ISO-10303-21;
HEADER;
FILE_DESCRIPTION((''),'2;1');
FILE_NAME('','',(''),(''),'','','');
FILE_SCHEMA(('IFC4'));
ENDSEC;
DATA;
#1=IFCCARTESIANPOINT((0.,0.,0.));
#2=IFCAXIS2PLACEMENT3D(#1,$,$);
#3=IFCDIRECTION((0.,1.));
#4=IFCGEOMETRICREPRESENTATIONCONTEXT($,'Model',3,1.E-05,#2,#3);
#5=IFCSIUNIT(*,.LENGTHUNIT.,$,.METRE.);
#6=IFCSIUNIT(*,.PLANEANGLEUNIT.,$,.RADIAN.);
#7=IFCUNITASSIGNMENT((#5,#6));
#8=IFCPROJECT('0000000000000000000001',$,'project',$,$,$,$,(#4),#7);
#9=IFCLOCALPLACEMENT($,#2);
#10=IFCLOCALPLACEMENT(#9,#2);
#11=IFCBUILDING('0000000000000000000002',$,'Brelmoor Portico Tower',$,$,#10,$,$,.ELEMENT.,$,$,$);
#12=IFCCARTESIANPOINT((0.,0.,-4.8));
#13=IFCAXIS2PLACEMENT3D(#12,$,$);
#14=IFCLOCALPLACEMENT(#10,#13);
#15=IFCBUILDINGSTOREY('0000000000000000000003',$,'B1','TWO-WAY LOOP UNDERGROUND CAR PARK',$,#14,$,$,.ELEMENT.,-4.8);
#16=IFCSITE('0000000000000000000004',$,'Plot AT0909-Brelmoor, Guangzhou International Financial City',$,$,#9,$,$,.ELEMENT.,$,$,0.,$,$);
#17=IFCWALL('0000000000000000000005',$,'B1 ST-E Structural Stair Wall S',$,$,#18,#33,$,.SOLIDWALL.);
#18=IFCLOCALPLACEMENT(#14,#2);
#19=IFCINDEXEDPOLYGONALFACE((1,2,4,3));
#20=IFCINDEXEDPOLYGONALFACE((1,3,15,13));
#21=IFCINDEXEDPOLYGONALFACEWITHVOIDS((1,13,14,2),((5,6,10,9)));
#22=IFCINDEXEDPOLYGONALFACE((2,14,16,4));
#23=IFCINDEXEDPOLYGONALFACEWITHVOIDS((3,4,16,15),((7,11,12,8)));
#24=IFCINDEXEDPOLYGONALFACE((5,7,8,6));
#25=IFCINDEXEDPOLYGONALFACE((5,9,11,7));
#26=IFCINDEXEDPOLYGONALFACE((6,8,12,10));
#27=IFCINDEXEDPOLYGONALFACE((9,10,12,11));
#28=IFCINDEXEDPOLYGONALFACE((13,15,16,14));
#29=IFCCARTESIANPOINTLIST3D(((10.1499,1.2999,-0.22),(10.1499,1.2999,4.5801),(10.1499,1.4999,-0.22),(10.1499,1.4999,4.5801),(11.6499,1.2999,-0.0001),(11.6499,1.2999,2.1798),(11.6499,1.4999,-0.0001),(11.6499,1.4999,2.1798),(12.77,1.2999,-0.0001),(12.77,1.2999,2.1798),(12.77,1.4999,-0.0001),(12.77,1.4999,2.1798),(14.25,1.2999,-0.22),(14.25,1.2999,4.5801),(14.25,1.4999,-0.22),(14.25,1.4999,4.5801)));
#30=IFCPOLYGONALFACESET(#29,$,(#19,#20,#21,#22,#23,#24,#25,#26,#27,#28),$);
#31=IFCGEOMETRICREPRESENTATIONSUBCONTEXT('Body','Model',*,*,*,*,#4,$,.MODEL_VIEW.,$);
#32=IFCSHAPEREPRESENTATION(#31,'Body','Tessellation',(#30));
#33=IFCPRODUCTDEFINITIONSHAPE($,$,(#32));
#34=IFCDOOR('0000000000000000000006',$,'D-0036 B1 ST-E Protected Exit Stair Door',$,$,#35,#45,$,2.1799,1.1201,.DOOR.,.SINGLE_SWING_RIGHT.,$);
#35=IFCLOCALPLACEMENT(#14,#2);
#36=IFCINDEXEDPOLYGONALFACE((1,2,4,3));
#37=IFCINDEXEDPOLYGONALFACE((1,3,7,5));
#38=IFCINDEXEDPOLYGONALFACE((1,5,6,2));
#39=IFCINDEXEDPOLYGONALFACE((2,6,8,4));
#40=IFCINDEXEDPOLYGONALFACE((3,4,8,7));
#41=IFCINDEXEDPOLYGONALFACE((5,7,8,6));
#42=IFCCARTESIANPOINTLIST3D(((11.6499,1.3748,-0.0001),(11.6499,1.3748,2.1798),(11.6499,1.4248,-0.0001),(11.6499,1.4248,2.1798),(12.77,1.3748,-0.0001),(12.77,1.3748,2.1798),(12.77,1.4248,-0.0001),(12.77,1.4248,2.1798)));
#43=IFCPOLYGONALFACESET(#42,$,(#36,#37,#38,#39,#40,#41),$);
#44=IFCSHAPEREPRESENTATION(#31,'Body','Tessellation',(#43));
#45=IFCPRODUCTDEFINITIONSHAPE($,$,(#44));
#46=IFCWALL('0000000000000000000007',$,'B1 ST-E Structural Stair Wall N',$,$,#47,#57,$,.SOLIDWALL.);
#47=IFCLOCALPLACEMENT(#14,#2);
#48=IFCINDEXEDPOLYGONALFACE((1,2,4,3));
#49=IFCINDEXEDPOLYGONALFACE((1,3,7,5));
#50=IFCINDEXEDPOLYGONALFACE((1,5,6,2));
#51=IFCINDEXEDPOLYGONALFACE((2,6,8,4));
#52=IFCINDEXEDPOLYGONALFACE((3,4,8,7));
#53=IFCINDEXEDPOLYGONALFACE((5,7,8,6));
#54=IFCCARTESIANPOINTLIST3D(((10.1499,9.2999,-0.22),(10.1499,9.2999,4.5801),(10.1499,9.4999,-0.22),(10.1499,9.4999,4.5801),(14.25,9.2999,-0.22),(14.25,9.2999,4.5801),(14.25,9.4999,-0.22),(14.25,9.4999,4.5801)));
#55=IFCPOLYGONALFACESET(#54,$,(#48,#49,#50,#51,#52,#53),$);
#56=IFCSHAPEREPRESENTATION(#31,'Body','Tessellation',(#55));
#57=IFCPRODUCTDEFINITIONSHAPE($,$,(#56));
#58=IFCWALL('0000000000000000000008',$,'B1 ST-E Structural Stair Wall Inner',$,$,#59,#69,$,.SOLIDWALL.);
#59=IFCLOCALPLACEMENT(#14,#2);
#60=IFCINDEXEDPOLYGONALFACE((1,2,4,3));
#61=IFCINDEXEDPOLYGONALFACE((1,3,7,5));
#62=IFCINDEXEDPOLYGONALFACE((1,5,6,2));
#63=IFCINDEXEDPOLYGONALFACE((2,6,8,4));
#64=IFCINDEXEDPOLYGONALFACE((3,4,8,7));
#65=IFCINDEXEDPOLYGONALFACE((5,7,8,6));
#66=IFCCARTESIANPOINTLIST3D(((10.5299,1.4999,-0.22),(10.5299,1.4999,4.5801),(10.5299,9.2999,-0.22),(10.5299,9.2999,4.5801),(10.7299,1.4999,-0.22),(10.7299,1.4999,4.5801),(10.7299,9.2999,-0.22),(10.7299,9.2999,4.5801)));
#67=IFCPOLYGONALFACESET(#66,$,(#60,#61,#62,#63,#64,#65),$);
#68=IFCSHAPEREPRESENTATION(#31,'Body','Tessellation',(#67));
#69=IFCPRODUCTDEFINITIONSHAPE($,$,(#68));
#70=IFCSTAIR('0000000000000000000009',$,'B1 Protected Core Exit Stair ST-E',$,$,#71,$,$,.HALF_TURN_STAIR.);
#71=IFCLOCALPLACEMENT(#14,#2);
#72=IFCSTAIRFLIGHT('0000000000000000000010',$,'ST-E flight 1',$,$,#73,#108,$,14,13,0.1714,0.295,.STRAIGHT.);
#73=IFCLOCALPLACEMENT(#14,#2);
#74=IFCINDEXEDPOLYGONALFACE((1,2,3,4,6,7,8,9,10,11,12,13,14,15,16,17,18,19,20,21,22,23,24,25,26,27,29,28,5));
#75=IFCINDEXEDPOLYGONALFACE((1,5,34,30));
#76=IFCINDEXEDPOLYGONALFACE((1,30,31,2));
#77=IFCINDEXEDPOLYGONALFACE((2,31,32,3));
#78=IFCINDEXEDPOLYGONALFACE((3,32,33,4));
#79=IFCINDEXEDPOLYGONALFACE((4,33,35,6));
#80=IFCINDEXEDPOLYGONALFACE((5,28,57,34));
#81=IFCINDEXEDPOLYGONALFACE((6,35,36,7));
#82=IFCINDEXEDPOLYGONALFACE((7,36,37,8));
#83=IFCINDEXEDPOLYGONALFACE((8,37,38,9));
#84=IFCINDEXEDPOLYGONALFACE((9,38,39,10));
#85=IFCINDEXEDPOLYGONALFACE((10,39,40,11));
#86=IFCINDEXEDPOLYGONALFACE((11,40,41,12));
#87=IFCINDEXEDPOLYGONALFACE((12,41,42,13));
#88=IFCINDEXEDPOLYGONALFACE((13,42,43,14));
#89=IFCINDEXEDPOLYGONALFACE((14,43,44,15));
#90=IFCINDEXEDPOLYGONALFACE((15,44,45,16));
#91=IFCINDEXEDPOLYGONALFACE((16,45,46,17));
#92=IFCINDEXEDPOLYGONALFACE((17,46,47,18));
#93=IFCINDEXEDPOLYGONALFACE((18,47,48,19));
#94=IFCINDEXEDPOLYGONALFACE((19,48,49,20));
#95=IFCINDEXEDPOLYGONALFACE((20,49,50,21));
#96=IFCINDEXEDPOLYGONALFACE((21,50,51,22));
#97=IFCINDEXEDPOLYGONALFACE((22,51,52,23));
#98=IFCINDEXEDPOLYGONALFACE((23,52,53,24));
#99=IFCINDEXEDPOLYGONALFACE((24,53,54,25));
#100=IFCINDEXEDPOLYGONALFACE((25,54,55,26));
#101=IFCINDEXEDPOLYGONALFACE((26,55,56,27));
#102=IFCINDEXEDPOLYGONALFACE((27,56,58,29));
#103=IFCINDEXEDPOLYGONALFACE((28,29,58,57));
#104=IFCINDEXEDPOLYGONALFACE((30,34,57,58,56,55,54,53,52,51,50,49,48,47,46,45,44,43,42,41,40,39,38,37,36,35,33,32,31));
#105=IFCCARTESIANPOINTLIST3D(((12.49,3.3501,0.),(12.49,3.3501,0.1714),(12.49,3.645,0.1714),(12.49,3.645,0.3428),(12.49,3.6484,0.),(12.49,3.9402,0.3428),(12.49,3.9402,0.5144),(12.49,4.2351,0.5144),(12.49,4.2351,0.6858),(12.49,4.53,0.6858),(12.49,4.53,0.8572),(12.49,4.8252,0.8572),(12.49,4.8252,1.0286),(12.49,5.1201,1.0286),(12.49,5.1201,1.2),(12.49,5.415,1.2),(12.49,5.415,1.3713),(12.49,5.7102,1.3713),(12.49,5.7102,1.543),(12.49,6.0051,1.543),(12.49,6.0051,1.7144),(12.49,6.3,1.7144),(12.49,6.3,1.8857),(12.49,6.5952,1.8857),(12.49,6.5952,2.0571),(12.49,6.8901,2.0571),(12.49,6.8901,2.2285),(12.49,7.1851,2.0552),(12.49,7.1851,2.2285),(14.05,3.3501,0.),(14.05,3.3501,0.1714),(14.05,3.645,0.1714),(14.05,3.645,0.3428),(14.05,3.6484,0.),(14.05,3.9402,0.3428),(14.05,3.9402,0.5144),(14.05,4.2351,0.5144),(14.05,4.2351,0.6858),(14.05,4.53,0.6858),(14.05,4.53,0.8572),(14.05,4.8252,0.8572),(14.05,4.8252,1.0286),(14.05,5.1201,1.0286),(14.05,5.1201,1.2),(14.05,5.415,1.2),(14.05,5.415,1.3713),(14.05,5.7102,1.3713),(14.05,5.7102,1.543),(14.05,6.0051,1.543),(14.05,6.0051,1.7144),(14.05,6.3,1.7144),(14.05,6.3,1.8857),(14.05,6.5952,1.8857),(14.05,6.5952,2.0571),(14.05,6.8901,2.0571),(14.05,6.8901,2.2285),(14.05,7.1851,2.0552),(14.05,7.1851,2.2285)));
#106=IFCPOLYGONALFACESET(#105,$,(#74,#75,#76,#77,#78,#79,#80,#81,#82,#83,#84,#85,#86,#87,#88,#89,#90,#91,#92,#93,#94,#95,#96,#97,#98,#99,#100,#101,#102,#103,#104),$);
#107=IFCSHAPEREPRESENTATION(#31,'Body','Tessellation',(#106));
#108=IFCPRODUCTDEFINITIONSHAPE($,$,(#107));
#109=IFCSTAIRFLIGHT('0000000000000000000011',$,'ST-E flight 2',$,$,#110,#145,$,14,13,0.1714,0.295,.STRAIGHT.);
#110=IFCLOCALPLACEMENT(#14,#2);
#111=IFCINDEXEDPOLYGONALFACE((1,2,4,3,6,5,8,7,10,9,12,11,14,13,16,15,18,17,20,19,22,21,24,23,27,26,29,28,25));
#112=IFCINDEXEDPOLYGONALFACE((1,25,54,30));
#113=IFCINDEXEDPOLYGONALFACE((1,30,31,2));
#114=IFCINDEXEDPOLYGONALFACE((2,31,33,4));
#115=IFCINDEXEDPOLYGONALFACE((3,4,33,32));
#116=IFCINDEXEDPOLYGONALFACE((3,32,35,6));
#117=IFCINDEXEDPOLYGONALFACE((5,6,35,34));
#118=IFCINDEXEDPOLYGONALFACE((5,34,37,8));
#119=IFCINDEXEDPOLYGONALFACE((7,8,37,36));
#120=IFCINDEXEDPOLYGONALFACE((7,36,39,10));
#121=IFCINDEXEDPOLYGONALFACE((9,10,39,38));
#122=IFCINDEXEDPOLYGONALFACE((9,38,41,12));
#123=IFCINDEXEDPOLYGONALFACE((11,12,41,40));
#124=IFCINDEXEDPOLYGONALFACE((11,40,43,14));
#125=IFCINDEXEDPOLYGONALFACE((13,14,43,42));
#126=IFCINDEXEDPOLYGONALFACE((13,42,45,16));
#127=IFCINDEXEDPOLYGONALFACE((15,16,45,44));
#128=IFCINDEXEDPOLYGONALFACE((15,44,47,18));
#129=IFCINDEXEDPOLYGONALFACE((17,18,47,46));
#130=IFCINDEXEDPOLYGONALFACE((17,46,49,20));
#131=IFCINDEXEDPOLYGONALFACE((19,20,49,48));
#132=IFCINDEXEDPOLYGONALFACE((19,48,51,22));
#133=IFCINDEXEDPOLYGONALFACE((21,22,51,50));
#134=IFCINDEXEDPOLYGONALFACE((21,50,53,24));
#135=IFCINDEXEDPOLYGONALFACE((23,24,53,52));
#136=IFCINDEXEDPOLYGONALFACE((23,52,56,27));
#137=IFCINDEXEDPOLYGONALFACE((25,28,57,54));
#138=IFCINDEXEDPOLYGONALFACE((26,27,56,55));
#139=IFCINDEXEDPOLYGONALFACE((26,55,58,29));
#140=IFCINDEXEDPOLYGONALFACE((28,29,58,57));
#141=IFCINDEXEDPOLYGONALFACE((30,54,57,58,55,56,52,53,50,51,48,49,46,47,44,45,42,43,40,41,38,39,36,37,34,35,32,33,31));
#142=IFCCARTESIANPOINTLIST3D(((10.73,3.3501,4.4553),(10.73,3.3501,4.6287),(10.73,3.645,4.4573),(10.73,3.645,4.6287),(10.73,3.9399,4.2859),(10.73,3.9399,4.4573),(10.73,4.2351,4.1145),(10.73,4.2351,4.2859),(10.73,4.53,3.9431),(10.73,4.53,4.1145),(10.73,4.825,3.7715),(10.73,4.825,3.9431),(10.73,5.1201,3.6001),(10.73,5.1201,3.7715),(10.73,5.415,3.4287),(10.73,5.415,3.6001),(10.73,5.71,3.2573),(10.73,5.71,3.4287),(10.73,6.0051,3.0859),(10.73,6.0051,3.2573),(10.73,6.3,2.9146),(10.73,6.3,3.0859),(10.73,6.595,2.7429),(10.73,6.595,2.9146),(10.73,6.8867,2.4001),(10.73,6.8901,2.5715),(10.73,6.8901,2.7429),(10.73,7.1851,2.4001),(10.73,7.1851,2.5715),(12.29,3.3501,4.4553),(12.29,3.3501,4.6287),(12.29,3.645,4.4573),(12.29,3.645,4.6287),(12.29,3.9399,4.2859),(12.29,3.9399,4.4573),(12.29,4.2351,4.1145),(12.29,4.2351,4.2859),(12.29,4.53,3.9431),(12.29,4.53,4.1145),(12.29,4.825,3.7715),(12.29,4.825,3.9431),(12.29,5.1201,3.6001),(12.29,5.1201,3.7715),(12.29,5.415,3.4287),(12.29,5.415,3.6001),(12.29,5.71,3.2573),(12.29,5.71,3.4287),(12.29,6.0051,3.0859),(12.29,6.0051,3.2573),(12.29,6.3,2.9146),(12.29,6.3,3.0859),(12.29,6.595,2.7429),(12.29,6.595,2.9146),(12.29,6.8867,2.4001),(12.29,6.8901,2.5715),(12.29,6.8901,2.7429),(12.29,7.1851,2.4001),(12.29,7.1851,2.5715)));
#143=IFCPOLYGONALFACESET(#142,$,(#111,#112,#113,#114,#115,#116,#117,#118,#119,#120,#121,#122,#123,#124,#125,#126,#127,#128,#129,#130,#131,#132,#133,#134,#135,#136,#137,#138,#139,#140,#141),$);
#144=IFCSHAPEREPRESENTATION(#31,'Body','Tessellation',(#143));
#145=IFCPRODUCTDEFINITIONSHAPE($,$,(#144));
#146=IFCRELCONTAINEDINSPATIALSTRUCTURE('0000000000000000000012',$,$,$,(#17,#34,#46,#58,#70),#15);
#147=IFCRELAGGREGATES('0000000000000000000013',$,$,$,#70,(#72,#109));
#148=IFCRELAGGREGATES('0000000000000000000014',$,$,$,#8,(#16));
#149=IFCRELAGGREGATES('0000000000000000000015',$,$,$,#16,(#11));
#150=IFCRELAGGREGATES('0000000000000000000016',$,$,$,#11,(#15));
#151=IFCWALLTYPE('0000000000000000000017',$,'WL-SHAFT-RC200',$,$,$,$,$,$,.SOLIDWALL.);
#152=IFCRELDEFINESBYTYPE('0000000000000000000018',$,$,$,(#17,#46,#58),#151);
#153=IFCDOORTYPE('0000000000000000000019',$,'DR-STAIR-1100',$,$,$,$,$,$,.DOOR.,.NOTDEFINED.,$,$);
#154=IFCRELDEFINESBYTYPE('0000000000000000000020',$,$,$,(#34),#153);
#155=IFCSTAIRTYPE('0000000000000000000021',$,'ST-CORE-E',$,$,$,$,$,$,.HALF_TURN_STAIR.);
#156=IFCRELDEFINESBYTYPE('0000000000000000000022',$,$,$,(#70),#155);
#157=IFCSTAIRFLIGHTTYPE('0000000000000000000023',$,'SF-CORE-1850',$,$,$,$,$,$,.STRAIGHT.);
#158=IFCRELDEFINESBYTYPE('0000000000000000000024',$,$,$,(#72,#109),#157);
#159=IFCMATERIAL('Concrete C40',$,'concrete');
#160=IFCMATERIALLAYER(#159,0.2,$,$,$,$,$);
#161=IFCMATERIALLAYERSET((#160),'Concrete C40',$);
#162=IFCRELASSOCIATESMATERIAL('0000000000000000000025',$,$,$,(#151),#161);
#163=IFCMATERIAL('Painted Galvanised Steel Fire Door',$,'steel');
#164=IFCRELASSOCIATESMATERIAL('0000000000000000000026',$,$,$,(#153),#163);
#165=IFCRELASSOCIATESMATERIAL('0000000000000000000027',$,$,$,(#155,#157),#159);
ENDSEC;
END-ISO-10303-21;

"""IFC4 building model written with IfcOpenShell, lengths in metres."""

from ifc_helpers import new_model, si_unit, direction, frame, frame_2d, origin, place, context, subcontext, project, spatial, polyline, rectangle, outline, extrude, material, layer, layer_set, type_object, element, fill, aggregate, save


model = new_model("IFC4")

# Units and contexts
model_context = context("Model", 3, precision=1e-05, world=origin(), true_north=direction((0.0, 1.0)))
body_context = subcontext(model_context, "Body", "Model", "MODEL_VIEW")
ifc_project = project(units=[si_unit("LENGTHUNIT", "METRE"), si_unit("PLANEANGLEUNIT", "RADIAN")], contexts=[model_context])

# Site, building, storey
site_placement = place(None, origin())
site = spatial("IfcSite", under=ifc_project, at=site_placement, Name="Plot AT0909-Brelmoor, Guangzhou International Financial City", CompositionType="ELEMENT", RefElevation=0.0)
building_placement = place(site_placement, origin())
building = spatial("IfcBuilding", under=site, at=building_placement, Name="Brelmoor Portico Tower", CompositionType="ELEMENT")
storey_placement = place(building_placement, frame((0.0, 0.0, -4.8)))
storey = spatial("IfcBuildingStorey", under=building, at=storey_placement, Name="B1", Description="TWO-WAY LOOP UNDERGROUND CAR PARK", CompositionType="ELEMENT", Elevation=-4.8)

# Shared definitions
ifc_material_1 = material(Name="Concrete C40", Category="concrete")
ifc_layer_1 = layer(ifc_material_1, 0.2)
ifc_layer_set_1 = layer_set([ifc_layer_1], Name="Concrete C40")
wall_type_1 = type_object("IfcWallType", Name="WL-SHAFT-RC200", PredefinedType="SOLIDWALL", material=ifc_layer_set_1)

# Wall, opening, door
wall_1_placement = place(storey_placement, frame((10.1499, 1.3999, -0.22), z_axis=(0.0, 0.0, 1.0), x_axis=(1.0, 0.0, 0.0)))
wall_1 = element("IfcWall", 1, at=wall_1_placement, inside=storey, type_object=wall_type_1, Name="B1 ST-E Structural Stair Wall S", PredefinedType="SOLIDWALL", context=body_context, shape_type="SweptSolid", body=[
    extrude(rectangle(XDim=4.1001, YDim=0.2, at=frame_2d((2.05, 0.0))), origin(), (0.0, 0.0, 1.0), 4.8),
])
opening_placement = place(wall_1_placement, frame((1.5, 0.0, 0.22)))
opening = element("IfcOpeningElement", 2, at=opening_placement, cuts=wall_1, PredefinedType="OPENING", context=body_context, shape_type="SweptSolid", body=[
    extrude(rectangle(XDim=1.1201, YDim=2.1799, at=frame_2d((0.5601, 1.0898))), frame((0.0, 0.1099, 0.0), z_axis=(0.0, -1.0, 0.0), x_axis=(1.0, 0.0, 0.0)), (0.0, 0.0, 1.0), 0.22),
])
ifc_material_2 = material(Name="Painted Galvanised Steel Fire Door", Category="steel")
door_type = type_object("IfcDoorType", Name="DR-STAIR-1100", OperationType="NOTDEFINED", PredefinedType="DOOR", material=ifc_material_2)
door_placement = place(opening_placement, origin())
door = element("IfcDoor", 3, at=door_placement, inside=storey, type_object=door_type, Name="D-0036 B1 ST-E Protected Exit Stair Door", OperationType="SINGLE_SWING_RIGHT", OverallHeight=2.1799, OverallWidth=1.1201, PredefinedType="DOOR", context=body_context, shape_type="SweptSolid", body=[
    extrude(rectangle(XDim=1.1201, YDim=2.1799, at=frame_2d((0.5601, 1.0898))), frame((0.0, 0.0249, 0.0), z_axis=(0.0, -1.0, 0.0), x_axis=(1.0, 0.0, 0.0)), (0.0, 0.0, 1.0), 0.05),
])
fill(opening, door)

# Walls
wall_2_placement = place(storey_placement, frame((10.1499, 9.3999, -0.22), z_axis=(0.0, 0.0, 1.0), x_axis=(1.0, 0.0, 0.0)))
element("IfcWall", 4, at=wall_2_placement, inside=storey, type_object=wall_type_1, Name="B1 ST-E Structural Stair Wall N", PredefinedType="SOLIDWALL", context=body_context, shape_type="SweptSolid", body=[
    extrude(rectangle(XDim=4.1001, YDim=0.2, at=frame_2d((2.05, 0.0))), origin(), (0.0, 0.0, 1.0), 4.8),
])
wall_3_placement = place(storey_placement, frame((10.6299, 1.5, -0.22), z_axis=(0.0, 0.0, 1.0), x_axis=(0.0, 1.0, 0.0)))
element("IfcWall", 5, at=wall_3_placement, inside=storey, type_object=wall_type_1, Name="B1 ST-E Structural Stair Wall Inner", PredefinedType="SOLIDWALL", context=body_context, shape_type="SweptSolid", body=[
    extrude(rectangle(XDim=7.8, YDim=0.2, at=frame_2d((3.8999, 0.0))), origin(), (0.0, 0.0, 1.0), 4.8),
])

# Stair, stair flights
stair_type = type_object("IfcStairType", Name="ST-CORE-E", PredefinedType="HALF_TURN_STAIR", material=ifc_material_1)
stair_placement = place(storey_placement, origin())
stair = element("IfcStair", 6, at=stair_placement, inside=storey, type_object=stair_type, Name="B1 Protected Core Exit Stair ST-E", PredefinedType="HALF_TURN_STAIR")
stair_flight_type = type_object("IfcStairFlightType", Name="SF-CORE-1850", PredefinedType="STRAIGHT", material=ifc_material_1)
stair_flight_1_placement = place(storey_placement, frame((13.27, 3.3501, 0.0), z_axis=(0.0, 0.0, 1.0), x_axis=(0.0, 1.0, 0.0)))
stair_flight_1 = element("IfcStairFlight", 7, at=stair_flight_1_placement, type_object=stair_flight_type, Name="ST-E flight 1", NumberOfRisers=14, NumberOfTreads=13, PredefinedType="STRAIGHT", RiserHeight=0.1714, TreadLength=0.295, context=body_context, shape_type="SweptSolid", body=[
    extrude(outline(polyline([(0.0, 0.0), (0.0, 0.1714), (0.2949, 0.1714), (0.2949, 0.3428), (0.5901, 0.3428), (0.5901, 0.5144), (0.885, 0.5144), (0.885, 0.6858), (1.1799, 0.6858), (1.1799, 0.8572), (1.4751, 0.8572), (1.4751, 1.0286), (1.77, 1.0286), (1.77, 1.2), (2.0649, 1.2), (2.0649, 1.3713), (2.3601, 1.3713), (2.3601, 1.543), (2.655, 1.543), (2.655, 1.7144), (2.95, 1.7144), (2.95, 1.8857), (3.2451, 1.8857), (3.2451, 2.0571), (3.54, 2.0571), (3.54, 2.2285), (3.835, 2.2285), (3.835, 2.3999), (3.835, 2.0552), (0.2983, 0.0), (0.0, 0.0)])), frame((0.0, 0.78, 0.0), z_axis=(0.0, -1.0, 0.0), x_axis=(1.0, 0.0, 0.0)), (0.0, 0.0, 1.0), 1.5601),
])
stair_flight_2_placement = place(storey_placement, frame((11.51, 7.1851, 2.4001), z_axis=(0.0, 0.0, 1.0), x_axis=(0.0, -1.0, 0.0)))
stair_flight_2 = element("IfcStairFlight", 8, at=stair_flight_2_placement, type_object=stair_flight_type, Name="ST-E flight 2", NumberOfRisers=14, NumberOfTreads=13, PredefinedType="STRAIGHT", RiserHeight=0.1714, TreadLength=0.295, context=body_context, shape_type="SweptSolid", body=[
    extrude(outline(polyline([(0.0, 0.0), (0.0, 0.1714), (0.2949, 0.1714), (0.2949, 0.3428), (0.5901, 0.3428), (0.5901, 0.5144), (0.885, 0.5144), (0.885, 0.6858), (1.1799, 0.6858), (1.1799, 0.8572), (1.4751, 0.8572), (1.4751, 1.0286), (1.77, 1.0286), (1.77, 1.2), (2.0649, 1.2), (2.0649, 1.3713), (2.3601, 1.3713), (2.3601, 1.543), (2.655, 1.543), (2.655, 1.7144), (2.95, 1.7144), (2.95, 1.8857), (3.2451, 1.8857), (3.2451, 2.0571), (3.54, 2.0571), (3.54, 2.2285), (3.835, 2.2285), (3.835, 2.3999), (3.835, 2.0552), (0.2983, 0.0), (0.0, 0.0)])), frame((0.0, 0.78, 0.0), z_axis=(0.0, -1.0, 0.0), x_axis=(1.0, 0.0, 0.0)), (0.0, 0.0, 1.0), 1.5601),
])
aggregate(stair, [stair_flight_1, stair_flight_2])

save(model, "model.ifc")
